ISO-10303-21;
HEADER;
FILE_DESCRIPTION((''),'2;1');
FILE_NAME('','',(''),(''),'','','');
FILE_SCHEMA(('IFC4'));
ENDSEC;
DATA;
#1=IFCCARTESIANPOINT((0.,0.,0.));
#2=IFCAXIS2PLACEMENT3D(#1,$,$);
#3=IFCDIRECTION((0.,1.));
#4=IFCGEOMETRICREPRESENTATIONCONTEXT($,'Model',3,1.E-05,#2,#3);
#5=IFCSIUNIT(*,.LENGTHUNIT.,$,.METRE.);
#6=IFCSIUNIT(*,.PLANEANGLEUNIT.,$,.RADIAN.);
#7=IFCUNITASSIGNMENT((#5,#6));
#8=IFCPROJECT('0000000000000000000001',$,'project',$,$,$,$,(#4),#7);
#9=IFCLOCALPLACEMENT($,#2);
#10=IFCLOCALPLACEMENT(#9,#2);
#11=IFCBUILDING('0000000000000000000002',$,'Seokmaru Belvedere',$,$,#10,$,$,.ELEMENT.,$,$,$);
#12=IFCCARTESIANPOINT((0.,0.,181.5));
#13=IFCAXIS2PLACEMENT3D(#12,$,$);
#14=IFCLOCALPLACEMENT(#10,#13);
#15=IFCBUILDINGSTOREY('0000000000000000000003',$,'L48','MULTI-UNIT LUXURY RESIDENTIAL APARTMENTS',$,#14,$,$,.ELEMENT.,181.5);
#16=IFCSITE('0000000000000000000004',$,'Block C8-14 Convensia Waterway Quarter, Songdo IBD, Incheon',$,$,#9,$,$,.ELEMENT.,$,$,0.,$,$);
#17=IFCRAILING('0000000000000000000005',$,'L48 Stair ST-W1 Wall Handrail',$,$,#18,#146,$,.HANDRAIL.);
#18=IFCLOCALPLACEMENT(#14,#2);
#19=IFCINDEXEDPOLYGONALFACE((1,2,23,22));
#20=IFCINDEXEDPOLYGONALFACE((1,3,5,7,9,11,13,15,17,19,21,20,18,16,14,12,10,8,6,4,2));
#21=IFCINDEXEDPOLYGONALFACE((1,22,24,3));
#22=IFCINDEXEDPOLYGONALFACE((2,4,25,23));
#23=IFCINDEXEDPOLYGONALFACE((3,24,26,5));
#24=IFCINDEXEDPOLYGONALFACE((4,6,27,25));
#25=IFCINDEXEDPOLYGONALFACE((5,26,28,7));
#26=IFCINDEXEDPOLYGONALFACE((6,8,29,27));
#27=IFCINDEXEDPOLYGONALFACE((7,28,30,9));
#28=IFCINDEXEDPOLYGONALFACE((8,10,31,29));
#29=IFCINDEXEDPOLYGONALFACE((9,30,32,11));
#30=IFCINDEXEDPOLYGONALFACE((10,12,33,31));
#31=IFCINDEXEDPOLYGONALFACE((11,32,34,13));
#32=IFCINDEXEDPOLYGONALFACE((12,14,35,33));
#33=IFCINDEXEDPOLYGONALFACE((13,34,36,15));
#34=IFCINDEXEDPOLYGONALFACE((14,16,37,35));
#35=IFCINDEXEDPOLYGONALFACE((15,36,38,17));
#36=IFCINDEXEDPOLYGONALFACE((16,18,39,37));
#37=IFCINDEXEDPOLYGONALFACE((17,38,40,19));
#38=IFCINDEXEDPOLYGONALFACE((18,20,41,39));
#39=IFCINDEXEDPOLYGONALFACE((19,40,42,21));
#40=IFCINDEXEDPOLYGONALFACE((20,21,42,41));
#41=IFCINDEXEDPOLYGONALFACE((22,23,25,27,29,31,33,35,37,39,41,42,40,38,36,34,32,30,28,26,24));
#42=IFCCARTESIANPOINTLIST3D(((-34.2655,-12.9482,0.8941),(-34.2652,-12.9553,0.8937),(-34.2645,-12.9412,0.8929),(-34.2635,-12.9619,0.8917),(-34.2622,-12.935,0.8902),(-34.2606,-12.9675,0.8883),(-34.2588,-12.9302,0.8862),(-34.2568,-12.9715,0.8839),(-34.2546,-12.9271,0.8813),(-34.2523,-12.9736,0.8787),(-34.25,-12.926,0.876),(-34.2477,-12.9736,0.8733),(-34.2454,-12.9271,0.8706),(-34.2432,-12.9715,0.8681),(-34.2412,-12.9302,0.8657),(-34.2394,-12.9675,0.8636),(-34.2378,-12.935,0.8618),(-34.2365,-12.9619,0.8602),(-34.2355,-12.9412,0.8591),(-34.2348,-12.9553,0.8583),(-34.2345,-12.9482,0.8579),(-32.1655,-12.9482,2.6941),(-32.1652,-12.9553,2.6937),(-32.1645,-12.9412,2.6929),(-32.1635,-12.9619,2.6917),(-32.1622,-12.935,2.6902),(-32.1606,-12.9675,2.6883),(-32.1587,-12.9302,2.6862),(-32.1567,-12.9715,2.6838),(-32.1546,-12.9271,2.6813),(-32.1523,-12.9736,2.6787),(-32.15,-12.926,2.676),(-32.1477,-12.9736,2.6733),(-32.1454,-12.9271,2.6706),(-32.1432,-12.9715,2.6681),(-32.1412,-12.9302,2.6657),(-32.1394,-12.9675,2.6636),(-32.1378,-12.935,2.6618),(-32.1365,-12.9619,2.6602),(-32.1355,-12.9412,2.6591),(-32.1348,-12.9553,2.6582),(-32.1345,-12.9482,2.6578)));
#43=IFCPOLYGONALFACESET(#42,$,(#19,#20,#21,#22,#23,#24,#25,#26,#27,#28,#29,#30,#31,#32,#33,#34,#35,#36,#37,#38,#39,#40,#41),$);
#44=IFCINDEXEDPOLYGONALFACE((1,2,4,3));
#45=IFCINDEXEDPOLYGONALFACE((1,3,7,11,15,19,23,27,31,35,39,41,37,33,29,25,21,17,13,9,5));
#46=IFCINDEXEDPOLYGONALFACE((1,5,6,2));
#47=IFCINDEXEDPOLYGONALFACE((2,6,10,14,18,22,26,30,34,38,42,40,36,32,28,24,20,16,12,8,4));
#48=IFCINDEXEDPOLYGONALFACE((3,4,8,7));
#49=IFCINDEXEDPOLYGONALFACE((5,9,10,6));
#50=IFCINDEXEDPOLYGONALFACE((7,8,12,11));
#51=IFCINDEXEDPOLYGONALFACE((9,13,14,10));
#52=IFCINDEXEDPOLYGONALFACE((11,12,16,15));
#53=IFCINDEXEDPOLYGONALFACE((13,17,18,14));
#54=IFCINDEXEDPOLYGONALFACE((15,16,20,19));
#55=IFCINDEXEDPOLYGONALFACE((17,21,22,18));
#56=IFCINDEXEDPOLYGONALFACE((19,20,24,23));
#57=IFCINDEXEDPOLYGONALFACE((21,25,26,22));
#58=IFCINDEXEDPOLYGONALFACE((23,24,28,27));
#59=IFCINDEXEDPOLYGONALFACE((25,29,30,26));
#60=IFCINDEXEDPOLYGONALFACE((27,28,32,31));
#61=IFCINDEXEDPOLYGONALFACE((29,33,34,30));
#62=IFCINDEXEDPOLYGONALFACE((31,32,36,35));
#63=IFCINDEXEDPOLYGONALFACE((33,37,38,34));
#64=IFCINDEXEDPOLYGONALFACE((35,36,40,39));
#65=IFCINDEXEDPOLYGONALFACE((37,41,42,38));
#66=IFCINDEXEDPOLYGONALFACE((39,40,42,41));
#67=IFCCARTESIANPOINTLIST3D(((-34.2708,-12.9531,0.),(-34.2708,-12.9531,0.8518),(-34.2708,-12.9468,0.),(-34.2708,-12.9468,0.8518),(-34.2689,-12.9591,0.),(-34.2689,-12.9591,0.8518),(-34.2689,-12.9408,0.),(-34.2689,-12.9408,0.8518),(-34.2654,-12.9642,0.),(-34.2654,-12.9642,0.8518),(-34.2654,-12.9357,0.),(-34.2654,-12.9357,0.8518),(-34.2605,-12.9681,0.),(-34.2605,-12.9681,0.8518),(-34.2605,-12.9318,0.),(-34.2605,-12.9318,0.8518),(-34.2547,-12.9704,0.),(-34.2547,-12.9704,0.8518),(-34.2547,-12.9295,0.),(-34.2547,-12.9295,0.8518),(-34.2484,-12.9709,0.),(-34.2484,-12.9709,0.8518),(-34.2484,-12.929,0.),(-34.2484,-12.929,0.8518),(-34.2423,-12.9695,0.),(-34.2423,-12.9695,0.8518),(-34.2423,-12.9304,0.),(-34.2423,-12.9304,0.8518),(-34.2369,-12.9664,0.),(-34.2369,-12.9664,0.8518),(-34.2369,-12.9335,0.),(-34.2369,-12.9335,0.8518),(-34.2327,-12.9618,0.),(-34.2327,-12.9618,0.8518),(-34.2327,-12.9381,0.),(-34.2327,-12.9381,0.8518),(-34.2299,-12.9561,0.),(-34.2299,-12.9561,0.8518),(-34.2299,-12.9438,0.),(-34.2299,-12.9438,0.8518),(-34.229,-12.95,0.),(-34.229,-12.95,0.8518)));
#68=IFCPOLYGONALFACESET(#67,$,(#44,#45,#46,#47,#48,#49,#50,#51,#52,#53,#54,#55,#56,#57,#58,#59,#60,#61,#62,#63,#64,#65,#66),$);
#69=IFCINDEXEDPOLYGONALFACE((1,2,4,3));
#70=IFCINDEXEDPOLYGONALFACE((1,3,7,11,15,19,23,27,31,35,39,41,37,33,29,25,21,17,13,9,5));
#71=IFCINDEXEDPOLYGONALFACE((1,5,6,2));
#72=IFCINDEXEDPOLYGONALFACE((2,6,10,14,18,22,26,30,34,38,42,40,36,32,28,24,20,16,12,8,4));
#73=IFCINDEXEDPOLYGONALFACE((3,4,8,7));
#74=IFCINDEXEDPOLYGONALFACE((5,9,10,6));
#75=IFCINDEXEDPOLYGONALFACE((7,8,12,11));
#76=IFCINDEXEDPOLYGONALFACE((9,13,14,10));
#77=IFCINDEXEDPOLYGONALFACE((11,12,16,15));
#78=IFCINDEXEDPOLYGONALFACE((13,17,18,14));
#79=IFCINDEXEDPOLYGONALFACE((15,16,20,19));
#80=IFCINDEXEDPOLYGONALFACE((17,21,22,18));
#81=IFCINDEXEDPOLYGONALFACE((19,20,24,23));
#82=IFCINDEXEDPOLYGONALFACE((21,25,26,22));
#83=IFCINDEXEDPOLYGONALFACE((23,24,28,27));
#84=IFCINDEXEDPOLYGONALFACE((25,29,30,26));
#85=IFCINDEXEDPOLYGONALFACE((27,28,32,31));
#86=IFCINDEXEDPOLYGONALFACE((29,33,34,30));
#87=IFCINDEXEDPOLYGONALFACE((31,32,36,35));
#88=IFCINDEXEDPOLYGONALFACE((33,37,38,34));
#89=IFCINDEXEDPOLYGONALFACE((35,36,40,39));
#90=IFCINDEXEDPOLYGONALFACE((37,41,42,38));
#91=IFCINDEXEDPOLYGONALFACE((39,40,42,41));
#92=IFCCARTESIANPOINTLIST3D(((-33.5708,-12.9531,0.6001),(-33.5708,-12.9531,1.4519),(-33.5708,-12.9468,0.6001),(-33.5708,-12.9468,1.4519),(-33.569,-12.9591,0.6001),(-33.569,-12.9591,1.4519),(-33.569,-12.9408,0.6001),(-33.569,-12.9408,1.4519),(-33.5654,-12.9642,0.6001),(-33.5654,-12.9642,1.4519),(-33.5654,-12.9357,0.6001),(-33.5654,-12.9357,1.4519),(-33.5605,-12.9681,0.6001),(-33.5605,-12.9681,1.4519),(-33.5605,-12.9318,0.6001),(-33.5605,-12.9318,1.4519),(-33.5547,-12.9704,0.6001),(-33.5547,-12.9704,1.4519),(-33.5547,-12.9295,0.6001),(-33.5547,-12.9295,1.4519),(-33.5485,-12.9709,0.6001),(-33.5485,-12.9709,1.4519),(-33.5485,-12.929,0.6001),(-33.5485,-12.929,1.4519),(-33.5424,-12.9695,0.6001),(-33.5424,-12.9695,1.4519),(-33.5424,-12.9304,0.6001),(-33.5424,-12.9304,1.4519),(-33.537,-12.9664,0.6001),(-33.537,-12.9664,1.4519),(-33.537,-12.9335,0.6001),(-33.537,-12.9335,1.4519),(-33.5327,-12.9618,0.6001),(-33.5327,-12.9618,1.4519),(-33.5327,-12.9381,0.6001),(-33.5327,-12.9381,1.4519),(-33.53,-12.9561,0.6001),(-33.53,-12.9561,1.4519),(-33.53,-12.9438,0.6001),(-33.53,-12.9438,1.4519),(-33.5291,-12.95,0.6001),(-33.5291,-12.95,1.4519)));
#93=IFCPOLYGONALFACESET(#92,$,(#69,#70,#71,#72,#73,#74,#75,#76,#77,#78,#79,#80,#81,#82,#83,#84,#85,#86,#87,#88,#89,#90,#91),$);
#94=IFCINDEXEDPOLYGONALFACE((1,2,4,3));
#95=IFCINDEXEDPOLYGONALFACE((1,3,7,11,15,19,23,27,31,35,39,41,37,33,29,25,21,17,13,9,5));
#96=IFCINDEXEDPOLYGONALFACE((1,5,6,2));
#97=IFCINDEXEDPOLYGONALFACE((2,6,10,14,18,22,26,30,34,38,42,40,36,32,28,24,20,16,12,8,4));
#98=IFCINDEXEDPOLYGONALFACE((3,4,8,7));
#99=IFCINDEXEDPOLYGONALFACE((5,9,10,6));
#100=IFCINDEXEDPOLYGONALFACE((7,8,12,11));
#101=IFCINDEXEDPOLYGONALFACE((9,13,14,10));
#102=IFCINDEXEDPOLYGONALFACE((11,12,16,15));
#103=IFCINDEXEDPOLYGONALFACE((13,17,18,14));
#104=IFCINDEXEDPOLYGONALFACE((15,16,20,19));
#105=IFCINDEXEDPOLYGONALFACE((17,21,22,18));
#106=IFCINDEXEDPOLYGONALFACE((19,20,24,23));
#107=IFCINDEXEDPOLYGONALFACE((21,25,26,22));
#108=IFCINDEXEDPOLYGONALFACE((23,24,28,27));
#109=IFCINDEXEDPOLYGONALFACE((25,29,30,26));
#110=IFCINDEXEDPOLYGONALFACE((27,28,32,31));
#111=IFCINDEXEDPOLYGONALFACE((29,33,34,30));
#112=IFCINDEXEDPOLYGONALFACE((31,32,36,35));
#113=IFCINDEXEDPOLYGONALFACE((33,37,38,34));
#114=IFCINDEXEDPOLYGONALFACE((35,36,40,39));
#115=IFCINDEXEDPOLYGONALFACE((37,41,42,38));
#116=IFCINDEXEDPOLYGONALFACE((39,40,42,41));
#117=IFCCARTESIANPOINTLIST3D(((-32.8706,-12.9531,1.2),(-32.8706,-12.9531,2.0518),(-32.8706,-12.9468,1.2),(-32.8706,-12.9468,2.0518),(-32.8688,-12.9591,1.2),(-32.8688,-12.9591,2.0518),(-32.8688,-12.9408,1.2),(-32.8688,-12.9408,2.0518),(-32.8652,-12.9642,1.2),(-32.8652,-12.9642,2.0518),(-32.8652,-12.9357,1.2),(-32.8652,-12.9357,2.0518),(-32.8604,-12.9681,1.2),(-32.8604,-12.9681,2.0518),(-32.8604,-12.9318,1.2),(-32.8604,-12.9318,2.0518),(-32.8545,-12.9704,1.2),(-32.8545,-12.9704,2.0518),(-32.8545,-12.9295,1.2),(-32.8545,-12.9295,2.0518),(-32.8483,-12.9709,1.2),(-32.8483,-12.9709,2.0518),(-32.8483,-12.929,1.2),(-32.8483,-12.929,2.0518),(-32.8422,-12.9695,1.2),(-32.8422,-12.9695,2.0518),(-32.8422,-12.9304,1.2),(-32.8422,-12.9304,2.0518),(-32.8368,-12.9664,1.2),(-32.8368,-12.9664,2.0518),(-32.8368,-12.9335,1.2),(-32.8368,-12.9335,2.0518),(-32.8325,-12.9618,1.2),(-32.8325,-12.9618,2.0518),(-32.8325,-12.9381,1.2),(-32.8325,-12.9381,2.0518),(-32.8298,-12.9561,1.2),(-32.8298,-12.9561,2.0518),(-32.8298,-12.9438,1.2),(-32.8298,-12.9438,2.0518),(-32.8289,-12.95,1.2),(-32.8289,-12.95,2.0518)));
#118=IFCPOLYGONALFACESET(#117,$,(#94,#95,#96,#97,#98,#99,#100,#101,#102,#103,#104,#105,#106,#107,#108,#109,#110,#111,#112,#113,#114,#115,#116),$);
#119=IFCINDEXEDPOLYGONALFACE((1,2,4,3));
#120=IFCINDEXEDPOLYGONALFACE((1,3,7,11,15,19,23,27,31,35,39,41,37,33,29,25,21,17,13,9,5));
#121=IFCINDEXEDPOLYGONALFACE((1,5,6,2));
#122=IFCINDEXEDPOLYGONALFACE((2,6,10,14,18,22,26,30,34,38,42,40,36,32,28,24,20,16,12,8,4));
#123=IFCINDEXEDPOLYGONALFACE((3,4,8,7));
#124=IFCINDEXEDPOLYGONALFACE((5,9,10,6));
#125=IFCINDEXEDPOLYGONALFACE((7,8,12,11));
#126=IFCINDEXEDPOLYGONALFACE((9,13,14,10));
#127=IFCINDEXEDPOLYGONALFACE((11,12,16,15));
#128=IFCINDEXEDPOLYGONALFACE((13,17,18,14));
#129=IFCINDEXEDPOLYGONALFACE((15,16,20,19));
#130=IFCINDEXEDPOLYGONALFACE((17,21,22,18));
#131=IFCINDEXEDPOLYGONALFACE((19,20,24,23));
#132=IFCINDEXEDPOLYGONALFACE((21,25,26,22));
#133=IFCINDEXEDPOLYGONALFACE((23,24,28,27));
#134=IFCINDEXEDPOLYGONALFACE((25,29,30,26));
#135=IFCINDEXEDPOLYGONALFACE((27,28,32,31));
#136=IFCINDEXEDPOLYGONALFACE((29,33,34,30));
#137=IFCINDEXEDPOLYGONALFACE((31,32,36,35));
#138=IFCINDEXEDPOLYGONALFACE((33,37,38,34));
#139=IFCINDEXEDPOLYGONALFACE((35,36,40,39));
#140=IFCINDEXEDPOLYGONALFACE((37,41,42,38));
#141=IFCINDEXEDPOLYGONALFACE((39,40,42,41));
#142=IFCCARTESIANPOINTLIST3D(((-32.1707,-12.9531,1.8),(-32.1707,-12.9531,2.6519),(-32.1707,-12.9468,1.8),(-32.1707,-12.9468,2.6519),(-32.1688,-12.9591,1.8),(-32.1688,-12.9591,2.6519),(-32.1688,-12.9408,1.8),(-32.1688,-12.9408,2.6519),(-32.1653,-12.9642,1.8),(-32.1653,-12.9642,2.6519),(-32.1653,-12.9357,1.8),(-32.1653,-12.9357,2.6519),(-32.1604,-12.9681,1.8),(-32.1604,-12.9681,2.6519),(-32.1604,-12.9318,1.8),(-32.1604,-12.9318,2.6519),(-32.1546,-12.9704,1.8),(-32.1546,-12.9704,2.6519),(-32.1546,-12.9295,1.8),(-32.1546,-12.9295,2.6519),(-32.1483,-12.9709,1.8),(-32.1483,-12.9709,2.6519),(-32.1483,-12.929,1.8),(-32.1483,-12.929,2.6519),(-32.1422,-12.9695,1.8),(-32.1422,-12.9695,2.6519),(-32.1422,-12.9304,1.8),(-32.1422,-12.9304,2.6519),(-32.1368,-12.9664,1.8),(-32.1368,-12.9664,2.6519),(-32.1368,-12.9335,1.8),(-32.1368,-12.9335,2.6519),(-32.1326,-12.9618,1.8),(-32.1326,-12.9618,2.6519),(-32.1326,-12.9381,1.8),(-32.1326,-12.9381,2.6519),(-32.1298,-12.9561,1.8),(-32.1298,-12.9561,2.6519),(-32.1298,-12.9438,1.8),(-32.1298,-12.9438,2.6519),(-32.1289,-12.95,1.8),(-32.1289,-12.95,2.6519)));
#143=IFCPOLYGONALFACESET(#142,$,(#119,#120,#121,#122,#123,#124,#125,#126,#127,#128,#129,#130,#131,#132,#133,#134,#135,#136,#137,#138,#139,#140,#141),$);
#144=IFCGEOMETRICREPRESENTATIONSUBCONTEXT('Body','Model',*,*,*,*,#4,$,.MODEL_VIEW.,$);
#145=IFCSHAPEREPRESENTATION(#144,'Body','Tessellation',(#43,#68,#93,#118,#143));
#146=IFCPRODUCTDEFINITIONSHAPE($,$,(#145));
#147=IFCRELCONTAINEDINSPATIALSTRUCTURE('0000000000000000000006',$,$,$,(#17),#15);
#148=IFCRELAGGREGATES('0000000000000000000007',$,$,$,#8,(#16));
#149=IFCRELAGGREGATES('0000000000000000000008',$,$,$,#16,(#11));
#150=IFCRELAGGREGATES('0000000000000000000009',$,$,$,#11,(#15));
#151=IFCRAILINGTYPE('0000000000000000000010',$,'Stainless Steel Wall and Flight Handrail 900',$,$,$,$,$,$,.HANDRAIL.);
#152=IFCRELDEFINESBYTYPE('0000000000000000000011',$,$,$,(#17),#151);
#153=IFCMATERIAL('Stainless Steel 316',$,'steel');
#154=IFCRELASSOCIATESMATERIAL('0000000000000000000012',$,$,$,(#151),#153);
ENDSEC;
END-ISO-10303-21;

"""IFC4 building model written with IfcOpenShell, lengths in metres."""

from ifc_helpers import new_model, si_unit, direction, frame, origin, origin_2d, place, context, subcontext, project, spatial, circle, extrude, material, type_object, element, save


model = new_model("IFC4")

# Units and contexts
model_context = context("Model", 3, precision=1e-05, world=origin(), true_north=direction((0.0, 1.0)))
body_context = subcontext(model_context, "Body", "Model", "MODEL_VIEW")
ifc_project = project(units=[si_unit("LENGTHUNIT", "METRE"), si_unit("PLANEANGLEUNIT", "RADIAN")], contexts=[model_context])

# Site, building, storey
site_placement = place(None, origin())
site = spatial("IfcSite", under=ifc_project, at=site_placement, Name="Block C8-14 Convensia Waterway Quarter, Songdo IBD, Incheon", CompositionType="ELEMENT", RefElevation=0.0)
building_placement = place(site_placement, origin())
building = spatial("IfcBuilding", under=site, at=building_placement, Name="Seokmaru Belvedere", CompositionType="ELEMENT")
storey_placement = place(building_placement, frame((0.0, 0.0, 181.5)))
storey = spatial("IfcBuildingStorey", under=building, at=storey_placement, Name="L48", Description="MULTI-UNIT LUXURY RESIDENTIAL APARTMENTS", CompositionType="ELEMENT", Elevation=181.5)

# Shared definitions
ifc_material_1 = material(Name="Stainless Steel 316", Category="steel")

# Railing
railing_type_1 = type_object("IfcRailingType", Name="Stainless Steel Wall and Flight Handrail 900", PredefinedType="HANDRAIL", material=ifc_material_1)
railing_1_placement = place(storey_placement, frame((-34.25, -12.95, 0.0)))
element("IfcRailing", 1, at=railing_1_placement, inside=storey, type_object=railing_type_1, Name="L48 Stair ST-W1 Wall Handrail", PredefinedType="HANDRAIL", context=body_context, shape_type="SweptSolid", body=[
    extrude(circle(Radius=0.0239, at=origin_2d()), frame((0.0, 0.0, 0.876), z_axis=(0.759263, 0.0, 0.650784), x_axis=(0.0, 1.0, 0.0)), (0.0, 0.0, 1.0), 2.7659),
    extrude(circle(Radius=0.021, at=origin_2d()), origin(), (0.0, 0.0, 1.0), 0.8518),
    extrude(circle(Radius=0.021, at=origin_2d()), frame((0.7, 0.0, 0.6001)), (0.0, 0.0, 1.0), 0.8518),
    extrude(circle(Radius=0.021, at=origin_2d()), frame((1.4001, 0.0, 1.2)), (0.0, 0.0, 1.0), 0.8518),
    extrude(circle(Radius=0.021, at=origin_2d()), frame((2.1001, 0.0, 1.8)), (0.0, 0.0, 1.0), 0.8518),
])

save(model, "model.ifc")
